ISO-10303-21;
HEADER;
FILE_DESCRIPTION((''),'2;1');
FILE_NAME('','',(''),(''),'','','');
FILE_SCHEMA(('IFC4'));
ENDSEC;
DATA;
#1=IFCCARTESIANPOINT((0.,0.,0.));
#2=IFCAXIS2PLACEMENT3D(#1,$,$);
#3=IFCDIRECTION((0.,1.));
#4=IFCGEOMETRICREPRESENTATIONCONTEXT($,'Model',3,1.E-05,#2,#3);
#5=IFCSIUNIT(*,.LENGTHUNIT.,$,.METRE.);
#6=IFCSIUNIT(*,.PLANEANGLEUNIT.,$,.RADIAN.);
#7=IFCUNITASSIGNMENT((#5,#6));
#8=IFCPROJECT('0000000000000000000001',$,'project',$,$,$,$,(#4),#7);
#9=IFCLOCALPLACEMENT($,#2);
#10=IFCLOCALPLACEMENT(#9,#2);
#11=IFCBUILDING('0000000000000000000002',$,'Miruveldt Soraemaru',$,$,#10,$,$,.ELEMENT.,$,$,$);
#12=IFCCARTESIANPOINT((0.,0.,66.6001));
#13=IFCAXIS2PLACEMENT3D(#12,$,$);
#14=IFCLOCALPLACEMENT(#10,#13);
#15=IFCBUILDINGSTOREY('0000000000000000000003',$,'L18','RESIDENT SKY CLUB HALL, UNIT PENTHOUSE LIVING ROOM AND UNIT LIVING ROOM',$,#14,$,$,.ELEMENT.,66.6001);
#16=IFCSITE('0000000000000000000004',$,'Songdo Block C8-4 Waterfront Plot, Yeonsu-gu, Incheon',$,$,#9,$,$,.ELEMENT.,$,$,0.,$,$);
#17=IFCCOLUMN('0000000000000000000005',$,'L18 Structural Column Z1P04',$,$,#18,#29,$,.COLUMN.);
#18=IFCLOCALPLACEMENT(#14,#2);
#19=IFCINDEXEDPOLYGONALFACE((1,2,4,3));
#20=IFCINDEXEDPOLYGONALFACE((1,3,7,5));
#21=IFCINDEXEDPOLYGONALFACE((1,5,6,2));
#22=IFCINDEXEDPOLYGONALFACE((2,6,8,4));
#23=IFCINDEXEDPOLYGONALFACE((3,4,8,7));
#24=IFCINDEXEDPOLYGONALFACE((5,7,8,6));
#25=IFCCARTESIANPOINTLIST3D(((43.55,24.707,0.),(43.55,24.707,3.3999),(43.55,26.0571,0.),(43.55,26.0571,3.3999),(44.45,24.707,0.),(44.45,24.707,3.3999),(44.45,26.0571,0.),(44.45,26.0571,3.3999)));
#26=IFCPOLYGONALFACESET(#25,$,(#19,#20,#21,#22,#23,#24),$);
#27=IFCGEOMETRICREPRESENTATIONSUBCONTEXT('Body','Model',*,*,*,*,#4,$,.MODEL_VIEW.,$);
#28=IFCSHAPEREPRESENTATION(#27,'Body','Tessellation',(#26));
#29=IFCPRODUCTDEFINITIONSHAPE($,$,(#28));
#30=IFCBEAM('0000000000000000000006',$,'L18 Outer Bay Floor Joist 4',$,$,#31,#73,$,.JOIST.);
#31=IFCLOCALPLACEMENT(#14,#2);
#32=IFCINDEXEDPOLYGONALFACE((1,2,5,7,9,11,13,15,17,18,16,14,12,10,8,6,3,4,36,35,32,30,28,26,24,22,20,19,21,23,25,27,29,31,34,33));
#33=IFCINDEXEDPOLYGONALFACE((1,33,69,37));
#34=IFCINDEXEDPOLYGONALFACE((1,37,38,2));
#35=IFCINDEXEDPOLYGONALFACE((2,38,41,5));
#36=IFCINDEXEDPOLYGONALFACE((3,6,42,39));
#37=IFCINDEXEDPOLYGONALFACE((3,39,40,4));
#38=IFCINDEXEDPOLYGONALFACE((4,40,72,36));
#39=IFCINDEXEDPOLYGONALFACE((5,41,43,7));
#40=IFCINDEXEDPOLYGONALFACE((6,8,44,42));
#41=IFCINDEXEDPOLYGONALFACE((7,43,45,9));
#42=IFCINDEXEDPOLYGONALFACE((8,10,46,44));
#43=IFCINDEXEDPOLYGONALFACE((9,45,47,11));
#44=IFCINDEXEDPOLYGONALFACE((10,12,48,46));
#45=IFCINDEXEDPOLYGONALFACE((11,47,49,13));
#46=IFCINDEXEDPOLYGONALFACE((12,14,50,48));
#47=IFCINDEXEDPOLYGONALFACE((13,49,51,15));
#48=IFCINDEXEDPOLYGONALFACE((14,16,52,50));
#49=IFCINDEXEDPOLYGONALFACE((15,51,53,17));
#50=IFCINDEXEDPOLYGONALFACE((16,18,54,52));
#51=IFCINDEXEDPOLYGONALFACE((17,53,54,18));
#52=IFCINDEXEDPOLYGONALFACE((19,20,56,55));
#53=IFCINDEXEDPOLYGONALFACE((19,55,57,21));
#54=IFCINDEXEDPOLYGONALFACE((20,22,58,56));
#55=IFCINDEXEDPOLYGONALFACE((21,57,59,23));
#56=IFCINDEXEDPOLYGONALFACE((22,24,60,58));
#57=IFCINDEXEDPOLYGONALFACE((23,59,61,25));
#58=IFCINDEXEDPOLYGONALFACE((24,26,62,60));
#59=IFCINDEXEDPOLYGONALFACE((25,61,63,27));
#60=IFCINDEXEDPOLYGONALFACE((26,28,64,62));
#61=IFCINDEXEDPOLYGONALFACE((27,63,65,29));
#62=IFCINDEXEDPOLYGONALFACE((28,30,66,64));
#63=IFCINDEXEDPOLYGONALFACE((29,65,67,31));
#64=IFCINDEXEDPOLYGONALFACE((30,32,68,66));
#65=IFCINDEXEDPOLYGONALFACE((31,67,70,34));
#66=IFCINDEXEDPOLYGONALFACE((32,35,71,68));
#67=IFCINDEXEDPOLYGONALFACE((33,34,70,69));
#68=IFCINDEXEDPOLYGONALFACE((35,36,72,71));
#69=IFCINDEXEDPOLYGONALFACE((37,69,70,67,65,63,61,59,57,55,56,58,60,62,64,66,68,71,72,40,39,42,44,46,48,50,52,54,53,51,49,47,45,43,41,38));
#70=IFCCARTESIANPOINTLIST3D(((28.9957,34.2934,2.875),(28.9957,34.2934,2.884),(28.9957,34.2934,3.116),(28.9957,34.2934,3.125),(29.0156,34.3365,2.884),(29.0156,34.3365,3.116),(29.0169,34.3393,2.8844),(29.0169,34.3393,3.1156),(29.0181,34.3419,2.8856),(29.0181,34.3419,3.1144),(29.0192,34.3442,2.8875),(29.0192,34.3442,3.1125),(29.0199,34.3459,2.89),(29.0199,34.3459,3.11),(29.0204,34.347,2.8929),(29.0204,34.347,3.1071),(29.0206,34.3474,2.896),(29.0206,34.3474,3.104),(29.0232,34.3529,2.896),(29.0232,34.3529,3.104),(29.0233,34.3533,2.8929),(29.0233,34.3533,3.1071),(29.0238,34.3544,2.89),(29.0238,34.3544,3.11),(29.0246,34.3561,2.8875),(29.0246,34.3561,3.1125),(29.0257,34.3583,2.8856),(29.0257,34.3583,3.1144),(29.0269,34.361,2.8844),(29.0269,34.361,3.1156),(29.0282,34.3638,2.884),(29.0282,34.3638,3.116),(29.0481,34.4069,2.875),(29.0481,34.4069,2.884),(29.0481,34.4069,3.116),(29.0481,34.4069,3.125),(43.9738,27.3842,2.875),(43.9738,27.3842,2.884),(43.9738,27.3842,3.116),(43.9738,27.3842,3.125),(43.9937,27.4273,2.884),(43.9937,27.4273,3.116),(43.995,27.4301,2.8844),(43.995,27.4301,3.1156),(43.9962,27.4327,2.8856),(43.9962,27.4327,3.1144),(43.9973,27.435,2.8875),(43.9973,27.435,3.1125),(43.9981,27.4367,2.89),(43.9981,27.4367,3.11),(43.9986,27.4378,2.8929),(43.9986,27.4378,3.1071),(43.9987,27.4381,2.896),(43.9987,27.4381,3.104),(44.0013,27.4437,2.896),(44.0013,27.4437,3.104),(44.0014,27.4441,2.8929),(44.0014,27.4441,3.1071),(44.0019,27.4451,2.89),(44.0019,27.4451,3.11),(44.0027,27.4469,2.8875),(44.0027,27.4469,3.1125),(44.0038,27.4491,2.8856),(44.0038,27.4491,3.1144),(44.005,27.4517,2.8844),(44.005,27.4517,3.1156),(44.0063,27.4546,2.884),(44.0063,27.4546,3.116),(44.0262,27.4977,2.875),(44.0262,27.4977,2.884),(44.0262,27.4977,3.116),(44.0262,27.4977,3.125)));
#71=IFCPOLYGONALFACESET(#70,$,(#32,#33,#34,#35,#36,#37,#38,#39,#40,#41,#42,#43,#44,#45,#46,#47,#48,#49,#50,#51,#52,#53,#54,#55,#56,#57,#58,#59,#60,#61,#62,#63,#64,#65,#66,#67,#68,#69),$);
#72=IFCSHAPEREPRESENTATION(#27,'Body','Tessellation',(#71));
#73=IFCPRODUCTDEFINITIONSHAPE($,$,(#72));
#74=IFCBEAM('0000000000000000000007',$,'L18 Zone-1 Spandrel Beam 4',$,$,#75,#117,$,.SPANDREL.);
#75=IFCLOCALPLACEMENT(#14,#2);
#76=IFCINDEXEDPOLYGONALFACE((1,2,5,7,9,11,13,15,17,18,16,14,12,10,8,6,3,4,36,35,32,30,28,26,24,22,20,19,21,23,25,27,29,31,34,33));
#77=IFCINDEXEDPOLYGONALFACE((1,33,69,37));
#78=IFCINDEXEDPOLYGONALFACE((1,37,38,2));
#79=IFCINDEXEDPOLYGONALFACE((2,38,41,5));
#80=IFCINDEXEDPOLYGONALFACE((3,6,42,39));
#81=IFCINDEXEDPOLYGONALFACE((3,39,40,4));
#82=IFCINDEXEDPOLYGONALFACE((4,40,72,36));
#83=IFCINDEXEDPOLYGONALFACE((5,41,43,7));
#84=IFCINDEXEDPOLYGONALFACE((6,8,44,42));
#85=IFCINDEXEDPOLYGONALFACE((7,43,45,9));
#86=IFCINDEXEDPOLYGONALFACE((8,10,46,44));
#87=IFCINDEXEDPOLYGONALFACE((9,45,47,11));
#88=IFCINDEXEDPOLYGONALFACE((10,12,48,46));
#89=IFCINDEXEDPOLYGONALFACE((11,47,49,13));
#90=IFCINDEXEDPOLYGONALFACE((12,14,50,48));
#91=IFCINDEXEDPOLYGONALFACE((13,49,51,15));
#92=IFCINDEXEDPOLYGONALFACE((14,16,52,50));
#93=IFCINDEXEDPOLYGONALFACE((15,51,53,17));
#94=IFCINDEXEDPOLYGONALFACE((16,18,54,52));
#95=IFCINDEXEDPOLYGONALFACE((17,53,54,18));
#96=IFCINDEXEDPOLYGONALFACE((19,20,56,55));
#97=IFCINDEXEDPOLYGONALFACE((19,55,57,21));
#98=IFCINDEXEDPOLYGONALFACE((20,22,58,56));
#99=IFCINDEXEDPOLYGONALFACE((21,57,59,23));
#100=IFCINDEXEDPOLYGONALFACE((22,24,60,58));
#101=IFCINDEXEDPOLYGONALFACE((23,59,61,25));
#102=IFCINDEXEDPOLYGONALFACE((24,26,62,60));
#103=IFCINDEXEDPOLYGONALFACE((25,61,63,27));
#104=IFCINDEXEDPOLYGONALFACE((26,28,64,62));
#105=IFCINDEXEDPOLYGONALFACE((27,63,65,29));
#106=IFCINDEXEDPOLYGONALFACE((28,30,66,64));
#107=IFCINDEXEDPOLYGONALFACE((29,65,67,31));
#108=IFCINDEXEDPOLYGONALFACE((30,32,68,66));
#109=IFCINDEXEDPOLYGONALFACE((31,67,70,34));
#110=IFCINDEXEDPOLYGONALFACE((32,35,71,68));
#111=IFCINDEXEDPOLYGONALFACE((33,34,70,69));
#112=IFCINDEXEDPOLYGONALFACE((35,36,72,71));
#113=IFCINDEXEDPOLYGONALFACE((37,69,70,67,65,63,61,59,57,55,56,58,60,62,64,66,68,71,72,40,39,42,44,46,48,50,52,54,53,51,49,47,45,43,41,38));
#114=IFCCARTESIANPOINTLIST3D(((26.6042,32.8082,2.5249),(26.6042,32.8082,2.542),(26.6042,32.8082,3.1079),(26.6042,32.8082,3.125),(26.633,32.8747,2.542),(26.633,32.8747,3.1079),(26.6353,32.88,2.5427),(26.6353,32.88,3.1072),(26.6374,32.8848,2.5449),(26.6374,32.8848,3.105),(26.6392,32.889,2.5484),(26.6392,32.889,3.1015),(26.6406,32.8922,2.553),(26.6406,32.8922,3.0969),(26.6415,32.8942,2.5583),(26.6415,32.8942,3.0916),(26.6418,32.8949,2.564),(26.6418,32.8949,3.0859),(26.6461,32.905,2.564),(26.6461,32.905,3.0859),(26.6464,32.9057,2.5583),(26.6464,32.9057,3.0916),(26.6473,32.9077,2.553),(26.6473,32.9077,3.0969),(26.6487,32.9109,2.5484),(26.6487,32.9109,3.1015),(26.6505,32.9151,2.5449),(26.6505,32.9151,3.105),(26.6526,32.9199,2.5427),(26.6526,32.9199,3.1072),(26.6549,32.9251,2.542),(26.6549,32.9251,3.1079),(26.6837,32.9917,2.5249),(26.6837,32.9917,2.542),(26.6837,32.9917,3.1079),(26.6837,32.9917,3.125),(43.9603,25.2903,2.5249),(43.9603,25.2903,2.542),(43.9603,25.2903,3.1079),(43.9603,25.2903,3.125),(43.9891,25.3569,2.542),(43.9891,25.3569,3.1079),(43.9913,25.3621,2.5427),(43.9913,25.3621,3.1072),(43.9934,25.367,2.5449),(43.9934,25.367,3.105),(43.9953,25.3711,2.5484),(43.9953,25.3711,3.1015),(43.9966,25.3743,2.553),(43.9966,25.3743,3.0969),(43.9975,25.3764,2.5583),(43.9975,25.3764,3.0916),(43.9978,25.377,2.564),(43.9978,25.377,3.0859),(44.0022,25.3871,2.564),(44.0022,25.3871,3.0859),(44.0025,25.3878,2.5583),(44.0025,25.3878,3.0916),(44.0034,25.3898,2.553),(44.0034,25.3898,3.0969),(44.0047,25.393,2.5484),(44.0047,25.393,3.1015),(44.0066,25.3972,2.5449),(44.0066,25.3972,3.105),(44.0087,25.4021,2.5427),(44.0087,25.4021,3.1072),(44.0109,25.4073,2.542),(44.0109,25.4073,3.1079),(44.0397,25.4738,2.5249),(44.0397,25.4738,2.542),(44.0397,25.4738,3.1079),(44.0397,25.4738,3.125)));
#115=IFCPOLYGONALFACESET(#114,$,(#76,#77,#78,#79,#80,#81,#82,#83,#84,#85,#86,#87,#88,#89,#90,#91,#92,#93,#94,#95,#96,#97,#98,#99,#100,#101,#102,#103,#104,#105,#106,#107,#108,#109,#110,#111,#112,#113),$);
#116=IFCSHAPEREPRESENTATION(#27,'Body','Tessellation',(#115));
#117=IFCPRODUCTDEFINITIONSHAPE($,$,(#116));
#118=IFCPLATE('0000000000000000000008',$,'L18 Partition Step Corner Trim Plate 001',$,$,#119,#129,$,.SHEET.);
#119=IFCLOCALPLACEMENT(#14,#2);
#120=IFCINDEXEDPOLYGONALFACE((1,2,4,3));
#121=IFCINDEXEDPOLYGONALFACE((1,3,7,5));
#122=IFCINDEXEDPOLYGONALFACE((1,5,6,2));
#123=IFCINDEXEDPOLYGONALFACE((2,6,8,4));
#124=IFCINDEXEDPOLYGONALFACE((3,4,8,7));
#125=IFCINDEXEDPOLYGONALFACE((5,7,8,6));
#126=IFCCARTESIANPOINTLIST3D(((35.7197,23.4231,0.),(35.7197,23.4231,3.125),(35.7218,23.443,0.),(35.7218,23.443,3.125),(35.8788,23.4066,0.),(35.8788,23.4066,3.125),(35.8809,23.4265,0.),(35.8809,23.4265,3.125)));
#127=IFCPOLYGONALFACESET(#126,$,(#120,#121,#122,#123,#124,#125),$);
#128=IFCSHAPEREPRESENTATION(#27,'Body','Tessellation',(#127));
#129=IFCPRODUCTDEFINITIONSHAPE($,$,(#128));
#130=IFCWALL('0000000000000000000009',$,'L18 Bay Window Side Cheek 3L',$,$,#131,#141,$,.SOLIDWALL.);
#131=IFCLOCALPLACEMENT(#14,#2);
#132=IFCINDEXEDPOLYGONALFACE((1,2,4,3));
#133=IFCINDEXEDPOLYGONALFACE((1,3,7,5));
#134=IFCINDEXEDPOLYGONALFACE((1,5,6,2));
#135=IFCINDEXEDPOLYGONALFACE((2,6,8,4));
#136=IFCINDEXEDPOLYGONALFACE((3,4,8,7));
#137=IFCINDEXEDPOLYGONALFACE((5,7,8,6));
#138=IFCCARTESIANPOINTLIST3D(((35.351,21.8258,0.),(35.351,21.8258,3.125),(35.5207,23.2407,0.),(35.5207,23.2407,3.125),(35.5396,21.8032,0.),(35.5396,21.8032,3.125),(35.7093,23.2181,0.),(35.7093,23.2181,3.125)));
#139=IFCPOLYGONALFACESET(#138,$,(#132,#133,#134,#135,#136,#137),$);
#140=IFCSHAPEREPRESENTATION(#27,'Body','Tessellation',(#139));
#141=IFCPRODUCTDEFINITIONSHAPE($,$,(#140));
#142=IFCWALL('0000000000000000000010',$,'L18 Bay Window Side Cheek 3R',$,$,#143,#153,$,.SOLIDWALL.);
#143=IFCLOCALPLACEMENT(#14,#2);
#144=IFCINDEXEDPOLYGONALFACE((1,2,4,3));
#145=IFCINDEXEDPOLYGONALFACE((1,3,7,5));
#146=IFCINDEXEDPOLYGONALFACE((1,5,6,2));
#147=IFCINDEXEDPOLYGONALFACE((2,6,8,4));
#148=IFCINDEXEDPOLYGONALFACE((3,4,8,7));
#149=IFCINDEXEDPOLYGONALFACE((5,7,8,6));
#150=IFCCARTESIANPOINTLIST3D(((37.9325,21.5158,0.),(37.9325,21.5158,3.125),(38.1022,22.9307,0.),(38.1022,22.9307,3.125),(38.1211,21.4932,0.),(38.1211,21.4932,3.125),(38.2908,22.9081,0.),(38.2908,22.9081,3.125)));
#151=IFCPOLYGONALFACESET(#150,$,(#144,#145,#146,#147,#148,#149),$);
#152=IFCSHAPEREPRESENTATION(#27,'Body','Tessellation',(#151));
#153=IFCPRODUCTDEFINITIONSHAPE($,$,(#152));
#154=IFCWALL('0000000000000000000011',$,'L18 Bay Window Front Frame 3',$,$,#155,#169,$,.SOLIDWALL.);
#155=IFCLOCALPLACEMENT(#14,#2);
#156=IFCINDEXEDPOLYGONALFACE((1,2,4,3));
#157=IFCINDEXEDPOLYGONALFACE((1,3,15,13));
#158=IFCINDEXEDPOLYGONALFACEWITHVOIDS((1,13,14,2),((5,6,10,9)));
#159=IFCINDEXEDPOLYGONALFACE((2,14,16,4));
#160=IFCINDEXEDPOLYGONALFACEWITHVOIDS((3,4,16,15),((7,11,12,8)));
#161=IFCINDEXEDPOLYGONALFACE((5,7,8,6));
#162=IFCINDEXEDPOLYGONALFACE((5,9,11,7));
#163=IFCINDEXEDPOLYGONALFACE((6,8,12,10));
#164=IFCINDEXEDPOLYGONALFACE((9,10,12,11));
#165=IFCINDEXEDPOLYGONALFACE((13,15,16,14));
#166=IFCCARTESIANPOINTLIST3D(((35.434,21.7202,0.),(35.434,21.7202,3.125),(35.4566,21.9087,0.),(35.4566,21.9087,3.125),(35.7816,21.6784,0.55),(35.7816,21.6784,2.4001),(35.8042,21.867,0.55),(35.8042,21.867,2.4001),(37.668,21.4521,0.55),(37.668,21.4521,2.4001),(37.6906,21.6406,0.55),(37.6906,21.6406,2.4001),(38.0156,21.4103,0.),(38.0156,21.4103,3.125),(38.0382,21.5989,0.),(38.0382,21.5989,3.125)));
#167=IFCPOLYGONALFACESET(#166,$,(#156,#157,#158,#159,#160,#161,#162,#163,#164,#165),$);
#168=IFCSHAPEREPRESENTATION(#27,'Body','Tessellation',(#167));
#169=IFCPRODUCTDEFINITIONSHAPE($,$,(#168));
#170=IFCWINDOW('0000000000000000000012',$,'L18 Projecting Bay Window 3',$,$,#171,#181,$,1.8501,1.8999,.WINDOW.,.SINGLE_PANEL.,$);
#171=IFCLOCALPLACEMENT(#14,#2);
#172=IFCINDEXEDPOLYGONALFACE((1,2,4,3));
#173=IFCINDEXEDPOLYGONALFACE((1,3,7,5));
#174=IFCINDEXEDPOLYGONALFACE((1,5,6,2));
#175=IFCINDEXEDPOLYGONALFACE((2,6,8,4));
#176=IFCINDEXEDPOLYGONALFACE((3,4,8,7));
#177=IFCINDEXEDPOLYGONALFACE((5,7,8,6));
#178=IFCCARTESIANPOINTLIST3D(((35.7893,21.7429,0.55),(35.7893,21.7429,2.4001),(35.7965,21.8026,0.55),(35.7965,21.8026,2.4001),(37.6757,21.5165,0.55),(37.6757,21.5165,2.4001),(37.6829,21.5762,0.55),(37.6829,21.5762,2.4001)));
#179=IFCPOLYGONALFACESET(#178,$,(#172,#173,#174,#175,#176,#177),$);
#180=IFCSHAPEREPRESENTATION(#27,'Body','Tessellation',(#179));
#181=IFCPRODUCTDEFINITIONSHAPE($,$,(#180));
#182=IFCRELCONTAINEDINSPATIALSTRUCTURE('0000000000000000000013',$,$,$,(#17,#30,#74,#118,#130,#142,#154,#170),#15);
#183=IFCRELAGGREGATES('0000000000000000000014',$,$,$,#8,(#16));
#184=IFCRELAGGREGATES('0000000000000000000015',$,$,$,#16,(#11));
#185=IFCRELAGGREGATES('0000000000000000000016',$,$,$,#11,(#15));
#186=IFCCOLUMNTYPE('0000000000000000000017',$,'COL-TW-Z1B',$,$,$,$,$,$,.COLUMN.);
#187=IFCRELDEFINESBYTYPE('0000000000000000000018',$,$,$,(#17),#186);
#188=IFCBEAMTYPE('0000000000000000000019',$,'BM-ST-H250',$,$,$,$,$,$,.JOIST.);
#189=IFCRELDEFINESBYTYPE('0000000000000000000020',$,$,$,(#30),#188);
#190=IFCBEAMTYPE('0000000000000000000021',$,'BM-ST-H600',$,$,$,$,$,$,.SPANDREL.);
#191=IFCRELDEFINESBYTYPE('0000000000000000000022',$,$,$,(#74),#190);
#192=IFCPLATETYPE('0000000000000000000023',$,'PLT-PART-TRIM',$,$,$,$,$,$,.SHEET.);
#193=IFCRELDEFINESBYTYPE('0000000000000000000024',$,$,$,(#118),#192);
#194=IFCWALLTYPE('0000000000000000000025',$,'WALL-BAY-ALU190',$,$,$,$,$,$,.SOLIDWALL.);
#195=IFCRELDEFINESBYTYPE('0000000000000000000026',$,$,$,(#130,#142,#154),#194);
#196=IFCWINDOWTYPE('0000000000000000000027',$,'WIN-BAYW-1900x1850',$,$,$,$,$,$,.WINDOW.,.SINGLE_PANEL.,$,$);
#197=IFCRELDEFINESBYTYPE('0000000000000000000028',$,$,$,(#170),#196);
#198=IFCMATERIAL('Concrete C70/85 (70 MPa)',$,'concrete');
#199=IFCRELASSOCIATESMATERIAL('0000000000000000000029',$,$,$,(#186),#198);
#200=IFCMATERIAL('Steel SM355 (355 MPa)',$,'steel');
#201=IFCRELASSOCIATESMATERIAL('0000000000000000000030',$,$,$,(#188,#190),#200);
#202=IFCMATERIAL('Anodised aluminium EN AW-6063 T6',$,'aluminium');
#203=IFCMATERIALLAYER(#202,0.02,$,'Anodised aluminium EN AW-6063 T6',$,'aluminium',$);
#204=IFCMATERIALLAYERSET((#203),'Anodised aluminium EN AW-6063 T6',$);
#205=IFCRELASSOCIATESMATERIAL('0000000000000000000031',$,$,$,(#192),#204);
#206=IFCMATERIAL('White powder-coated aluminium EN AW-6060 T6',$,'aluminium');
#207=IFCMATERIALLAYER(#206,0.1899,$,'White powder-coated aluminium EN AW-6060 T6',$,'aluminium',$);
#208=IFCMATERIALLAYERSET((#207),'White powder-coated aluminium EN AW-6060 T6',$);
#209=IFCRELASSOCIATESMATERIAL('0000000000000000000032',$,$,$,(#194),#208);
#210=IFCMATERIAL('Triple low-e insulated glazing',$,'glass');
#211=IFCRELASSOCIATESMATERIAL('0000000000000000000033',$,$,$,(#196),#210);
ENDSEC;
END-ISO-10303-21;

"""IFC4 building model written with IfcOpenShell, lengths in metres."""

from ifc_helpers import new_model, si_unit, direction, frame, frame_2d, origin, origin_2d, place, context, subcontext, project, spatial, rectangle, i_section, extrude, material, layer, layer_set, material_profile, profile_set, type_object, element, fill, save


model = new_model("IFC4")

# Units and contexts
model_context = context("Model", 3, precision=1e-05, world=origin(), true_north=direction((0.0, 1.0)))
body_context = subcontext(model_context, "Body", "Model", "MODEL_VIEW")
ifc_project = project(units=[si_unit("LENGTHUNIT", "METRE"), si_unit("PLANEANGLEUNIT", "RADIAN")], contexts=[model_context])

# Site, building, storey
site_placement = place(None, origin())
site = spatial("IfcSite", under=ifc_project, at=site_placement, Name="Songdo Block C8-4 Waterfront Plot, Yeonsu-gu, Incheon", CompositionType="ELEMENT", RefElevation=0.0)
building_placement = place(site_placement, origin())
building = spatial("IfcBuilding", under=site, at=building_placement, Name="Miruveldt Soraemaru", CompositionType="ELEMENT")
storey_placement = place(building_placement, frame((0.0, 0.0, 66.6001)))
storey = spatial("IfcBuildingStorey", under=building, at=storey_placement, Name="L18", Description="RESIDENT SKY CLUB HALL, UNIT PENTHOUSE LIVING ROOM AND UNIT LIVING ROOM", CompositionType="ELEMENT", Elevation=66.6001)

# Column
ifc_material_1 = material(Name="Concrete C70/85 (70 MPa)", Category="concrete")
ifc_material_profile_1 = material_profile(ifc_material_1, rectangle(XDim=1.3501, YDim=0.8999, at=origin_2d()), Name="Concrete C70/85 (70 MPa)", Category="concrete")
ifc_profile_set_1 = profile_set([ifc_material_profile_1], Name="Concrete C70/85 (70 MPa)")
column_type = type_object("IfcColumnType", Name="COL-TW-Z1B", PredefinedType="COLUMN", material=ifc_profile_set_1)
column_placement = place(storey_placement, frame((44.0, 25.3821, 0.0), z_axis=(0.0, 0.0, 1.0), x_axis=(0.0, 1.0, 0.0)))
element("IfcColumn", 1, at=column_placement, inside=storey, type_object=column_type, Name="L18 Structural Column Z1P04", PredefinedType="COLUMN", context=body_context, shape_type="SweptSolid", body=[
    extrude(rectangle(XDim=1.3501, YDim=0.8999, at=origin_2d()), origin(), (0.0, 0.0, 1.0), 3.3999),
])

# Beams
ifc_material_2 = material(Name="Steel SM355 (355 MPa)", Category="steel")
ifc_material_profile_2 = material_profile(ifc_material_2, i_section(OverallWidth=0.125, OverallDepth=0.25, WebThickness=0.0061, FlangeThickness=0.009, FilletRadius=0.012, at=origin_2d()), Name="Steel SM355 (355 MPa)", Category="steel")
ifc_profile_set_2 = profile_set([ifc_material_profile_2], Name="Steel SM355 (355 MPa)")
beam_type_1 = type_object("IfcBeamType", Name="BM-ST-H250", PredefinedType="JOIST", material=ifc_profile_set_2)
beam_1_placement = place(storey_placement, frame((44.0, 27.4409, 3.0), z_axis=(-0.908046, 0.41887, 0.0), x_axis=(-0.41887, -0.908046, 0.0)))
element("IfcBeam", 2, at=beam_1_placement, inside=storey, type_object=beam_type_1, Name="L18 Outer Bay Floor Joist 4", PredefinedType="JOIST", context=body_context, shape_type="SweptSolid", body=[
    extrude(i_section(OverallWidth=0.125, OverallDepth=0.25, WebThickness=0.0061, FlangeThickness=0.009, FilletRadius=0.012, at=origin_2d()), origin(), (0.0, 0.0, 1.0), 16.4949),
])
ifc_material_profile_3 = material_profile(ifc_material_2, i_section(OverallWidth=0.2, OverallDepth=0.6001, WebThickness=0.011, FlangeThickness=0.0171, FilletRadius=0.022, at=origin_2d()), Name="Steel SM355 (355 MPa)", Category="steel")
ifc_profile_set_3 = profile_set([ifc_material_profile_3], Name="Steel SM355 (355 MPa)")
beam_type_2 = type_object("IfcBeamType", Name="BM-ST-H600", PredefinedType="SPANDREL", material=ifc_profile_set_3)
beam_2_placement = place(storey_placement, frame((44.0, 25.3821, 2.825), z_axis=(-0.917615, 0.39747, 0.0), x_axis=(-0.39747, -0.917615, 0.0)))
element("IfcBeam", 3, at=beam_2_placement, inside=storey, type_object=beam_type_2, Name="L18 Zone-1 Spandrel Beam 4", PredefinedType="SPANDREL", context=body_context, shape_type="SweptSolid", body=[
    extrude(i_section(OverallWidth=0.2, OverallDepth=0.6001, WebThickness=0.011, FlangeThickness=0.0171, FilletRadius=0.022, at=origin_2d()), origin(), (0.0, 0.0, 1.0), 18.9143),
])

# Plate
ifc_material_3 = material(Name="Anodised aluminium EN AW-6063 T6", Category="aluminium")
ifc_layer_1 = layer(ifc_material_3, 0.02, Name="Anodised aluminium EN AW-6063 T6", Category="aluminium")
ifc_layer_set_1 = layer_set([ifc_layer_1], Name="Anodised aluminium EN AW-6063 T6")
plate_type = type_object("IfcPlateType", Name="PLT-PART-TRIM", PredefinedType="SHEET", material=ifc_layer_set_1)
plate_placement = place(storey_placement, frame((35.8003, 23.4248, 0.0), z_axis=(0.0, 0.0, 1.0), x_axis=(-0.994613, 0.103661, 0.0)))
element("IfcPlate", 4, at=plate_placement, inside=storey, type_object=plate_type, Name="L18 Partition Step Corner Trim Plate 001", PredefinedType="SHEET", context=body_context, shape_type="SweptSolid", body=[
    extrude(rectangle(XDim=0.1599, YDim=0.02, at=origin_2d()), origin(), (0.0, 0.0, 1.0), 3.125),
])

# Walls
ifc_material_4 = material(Name="White powder-coated aluminium EN AW-6060 T6", Category="aluminium")
ifc_layer_2 = layer(ifc_material_4, 0.1899, Name="White powder-coated aluminium EN AW-6060 T6", Category="aluminium")
ifc_layer_set_2 = layer_set([ifc_layer_2], Name="White powder-coated aluminium EN AW-6060 T6")
wall_type_1 = type_object("IfcWallType", Name="WALL-BAY-ALU190", PredefinedType="SOLIDWALL", material=ifc_layer_set_2)
for number, where, z_axis, x_axis, name in (
    (5, (35.615, 23.2292, 0.0), (0.0, 0.0, 1.0), (-0.119078, -0.992885, 0.0), "L18 Bay Window Side Cheek 3L"),
    (6, (38.0269, 21.5046, 0.0), (0.0, 0.0, 1.0), (0.119078, 0.992885, 0.0), "L18 Bay Window Side Cheek 3R"),
):
    element("IfcWall", number, at=place(storey_placement, frame(where, z_axis=z_axis, x_axis=x_axis)), inside=storey, type_object=wall_type_1, Name=name, PredefinedType="SOLIDWALL", context=body_context, shape_type="SweptSolid", body=[
        extrude(rectangle(XDim=1.425, YDim=0.1899, at=frame_2d((0.7124, 0.0))), origin(), (0.0, 0.0, 1.0), 3.125),
    ])

# Wall, opening, window
wall_1_placement = place(storey_placement, frame((35.4453, 21.8145, 0.0), z_axis=(0.0, 0.0, 1.0), x_axis=(0.992876, -0.119156, 0.0)))
wall_1 = element("IfcWall", 7, at=wall_1_placement, inside=storey, type_object=wall_type_1, Name="L18 Bay Window Front Frame 3", PredefinedType="SOLIDWALL", context=body_context, shape_type="SweptSolid", body=[
    extrude(rectangle(XDim=2.6001, YDim=0.1899, at=frame_2d((1.3, 0.0))), origin(), (0.0, 0.0, 1.0), 3.125),
])
opening_1_placement = place(wall_1_placement, frame((0.3501, 0.0, 0.55)))
opening_1 = element("IfcOpeningElement", 8, at=opening_1_placement, cuts=wall_1, PredefinedType="OPENING", context=body_context, shape_type="SweptSolid", body=[
    extrude(rectangle(XDim=1.8999, YDim=1.8501, at=frame_2d((0.95, 0.925))), frame((0.0, 0.105, 0.0), z_axis=(0.0, -1.0, 0.0), x_axis=(1.0, 0.0, 0.0)), (0.0, 0.0, 1.0), 0.21),
])
ifc_material_5 = material(Name="Triple low-e insulated glazing", Category="glass")
window_type_1 = type_object("IfcWindowType", Name="WIN-BAYW-1900x1850", PartitioningType="SINGLE_PANEL", PredefinedType="WINDOW", material=ifc_material_5)
window_1_placement = place(opening_1_placement, origin())
window_1 = element("IfcWindow", 9, at=window_1_placement, inside=storey, type_object=window_type_1, Name="L18 Projecting Bay Window 3", OverallHeight=1.8501, OverallWidth=1.8999, PartitioningType="SINGLE_PANEL", PredefinedType="WINDOW", context=body_context, shape_type="SweptSolid", body=[
    extrude(rectangle(XDim=1.8999, YDim=1.8501, at=frame_2d((0.95, 0.925))), frame((0.0, 0.03, 0.0), z_axis=(0.0, -1.0, 0.0), x_axis=(1.0, 0.0, 0.0)), (0.0, 0.0, 1.0), 0.0601),
])
fill(opening_1, window_1)

save(model, "model.ifc")
